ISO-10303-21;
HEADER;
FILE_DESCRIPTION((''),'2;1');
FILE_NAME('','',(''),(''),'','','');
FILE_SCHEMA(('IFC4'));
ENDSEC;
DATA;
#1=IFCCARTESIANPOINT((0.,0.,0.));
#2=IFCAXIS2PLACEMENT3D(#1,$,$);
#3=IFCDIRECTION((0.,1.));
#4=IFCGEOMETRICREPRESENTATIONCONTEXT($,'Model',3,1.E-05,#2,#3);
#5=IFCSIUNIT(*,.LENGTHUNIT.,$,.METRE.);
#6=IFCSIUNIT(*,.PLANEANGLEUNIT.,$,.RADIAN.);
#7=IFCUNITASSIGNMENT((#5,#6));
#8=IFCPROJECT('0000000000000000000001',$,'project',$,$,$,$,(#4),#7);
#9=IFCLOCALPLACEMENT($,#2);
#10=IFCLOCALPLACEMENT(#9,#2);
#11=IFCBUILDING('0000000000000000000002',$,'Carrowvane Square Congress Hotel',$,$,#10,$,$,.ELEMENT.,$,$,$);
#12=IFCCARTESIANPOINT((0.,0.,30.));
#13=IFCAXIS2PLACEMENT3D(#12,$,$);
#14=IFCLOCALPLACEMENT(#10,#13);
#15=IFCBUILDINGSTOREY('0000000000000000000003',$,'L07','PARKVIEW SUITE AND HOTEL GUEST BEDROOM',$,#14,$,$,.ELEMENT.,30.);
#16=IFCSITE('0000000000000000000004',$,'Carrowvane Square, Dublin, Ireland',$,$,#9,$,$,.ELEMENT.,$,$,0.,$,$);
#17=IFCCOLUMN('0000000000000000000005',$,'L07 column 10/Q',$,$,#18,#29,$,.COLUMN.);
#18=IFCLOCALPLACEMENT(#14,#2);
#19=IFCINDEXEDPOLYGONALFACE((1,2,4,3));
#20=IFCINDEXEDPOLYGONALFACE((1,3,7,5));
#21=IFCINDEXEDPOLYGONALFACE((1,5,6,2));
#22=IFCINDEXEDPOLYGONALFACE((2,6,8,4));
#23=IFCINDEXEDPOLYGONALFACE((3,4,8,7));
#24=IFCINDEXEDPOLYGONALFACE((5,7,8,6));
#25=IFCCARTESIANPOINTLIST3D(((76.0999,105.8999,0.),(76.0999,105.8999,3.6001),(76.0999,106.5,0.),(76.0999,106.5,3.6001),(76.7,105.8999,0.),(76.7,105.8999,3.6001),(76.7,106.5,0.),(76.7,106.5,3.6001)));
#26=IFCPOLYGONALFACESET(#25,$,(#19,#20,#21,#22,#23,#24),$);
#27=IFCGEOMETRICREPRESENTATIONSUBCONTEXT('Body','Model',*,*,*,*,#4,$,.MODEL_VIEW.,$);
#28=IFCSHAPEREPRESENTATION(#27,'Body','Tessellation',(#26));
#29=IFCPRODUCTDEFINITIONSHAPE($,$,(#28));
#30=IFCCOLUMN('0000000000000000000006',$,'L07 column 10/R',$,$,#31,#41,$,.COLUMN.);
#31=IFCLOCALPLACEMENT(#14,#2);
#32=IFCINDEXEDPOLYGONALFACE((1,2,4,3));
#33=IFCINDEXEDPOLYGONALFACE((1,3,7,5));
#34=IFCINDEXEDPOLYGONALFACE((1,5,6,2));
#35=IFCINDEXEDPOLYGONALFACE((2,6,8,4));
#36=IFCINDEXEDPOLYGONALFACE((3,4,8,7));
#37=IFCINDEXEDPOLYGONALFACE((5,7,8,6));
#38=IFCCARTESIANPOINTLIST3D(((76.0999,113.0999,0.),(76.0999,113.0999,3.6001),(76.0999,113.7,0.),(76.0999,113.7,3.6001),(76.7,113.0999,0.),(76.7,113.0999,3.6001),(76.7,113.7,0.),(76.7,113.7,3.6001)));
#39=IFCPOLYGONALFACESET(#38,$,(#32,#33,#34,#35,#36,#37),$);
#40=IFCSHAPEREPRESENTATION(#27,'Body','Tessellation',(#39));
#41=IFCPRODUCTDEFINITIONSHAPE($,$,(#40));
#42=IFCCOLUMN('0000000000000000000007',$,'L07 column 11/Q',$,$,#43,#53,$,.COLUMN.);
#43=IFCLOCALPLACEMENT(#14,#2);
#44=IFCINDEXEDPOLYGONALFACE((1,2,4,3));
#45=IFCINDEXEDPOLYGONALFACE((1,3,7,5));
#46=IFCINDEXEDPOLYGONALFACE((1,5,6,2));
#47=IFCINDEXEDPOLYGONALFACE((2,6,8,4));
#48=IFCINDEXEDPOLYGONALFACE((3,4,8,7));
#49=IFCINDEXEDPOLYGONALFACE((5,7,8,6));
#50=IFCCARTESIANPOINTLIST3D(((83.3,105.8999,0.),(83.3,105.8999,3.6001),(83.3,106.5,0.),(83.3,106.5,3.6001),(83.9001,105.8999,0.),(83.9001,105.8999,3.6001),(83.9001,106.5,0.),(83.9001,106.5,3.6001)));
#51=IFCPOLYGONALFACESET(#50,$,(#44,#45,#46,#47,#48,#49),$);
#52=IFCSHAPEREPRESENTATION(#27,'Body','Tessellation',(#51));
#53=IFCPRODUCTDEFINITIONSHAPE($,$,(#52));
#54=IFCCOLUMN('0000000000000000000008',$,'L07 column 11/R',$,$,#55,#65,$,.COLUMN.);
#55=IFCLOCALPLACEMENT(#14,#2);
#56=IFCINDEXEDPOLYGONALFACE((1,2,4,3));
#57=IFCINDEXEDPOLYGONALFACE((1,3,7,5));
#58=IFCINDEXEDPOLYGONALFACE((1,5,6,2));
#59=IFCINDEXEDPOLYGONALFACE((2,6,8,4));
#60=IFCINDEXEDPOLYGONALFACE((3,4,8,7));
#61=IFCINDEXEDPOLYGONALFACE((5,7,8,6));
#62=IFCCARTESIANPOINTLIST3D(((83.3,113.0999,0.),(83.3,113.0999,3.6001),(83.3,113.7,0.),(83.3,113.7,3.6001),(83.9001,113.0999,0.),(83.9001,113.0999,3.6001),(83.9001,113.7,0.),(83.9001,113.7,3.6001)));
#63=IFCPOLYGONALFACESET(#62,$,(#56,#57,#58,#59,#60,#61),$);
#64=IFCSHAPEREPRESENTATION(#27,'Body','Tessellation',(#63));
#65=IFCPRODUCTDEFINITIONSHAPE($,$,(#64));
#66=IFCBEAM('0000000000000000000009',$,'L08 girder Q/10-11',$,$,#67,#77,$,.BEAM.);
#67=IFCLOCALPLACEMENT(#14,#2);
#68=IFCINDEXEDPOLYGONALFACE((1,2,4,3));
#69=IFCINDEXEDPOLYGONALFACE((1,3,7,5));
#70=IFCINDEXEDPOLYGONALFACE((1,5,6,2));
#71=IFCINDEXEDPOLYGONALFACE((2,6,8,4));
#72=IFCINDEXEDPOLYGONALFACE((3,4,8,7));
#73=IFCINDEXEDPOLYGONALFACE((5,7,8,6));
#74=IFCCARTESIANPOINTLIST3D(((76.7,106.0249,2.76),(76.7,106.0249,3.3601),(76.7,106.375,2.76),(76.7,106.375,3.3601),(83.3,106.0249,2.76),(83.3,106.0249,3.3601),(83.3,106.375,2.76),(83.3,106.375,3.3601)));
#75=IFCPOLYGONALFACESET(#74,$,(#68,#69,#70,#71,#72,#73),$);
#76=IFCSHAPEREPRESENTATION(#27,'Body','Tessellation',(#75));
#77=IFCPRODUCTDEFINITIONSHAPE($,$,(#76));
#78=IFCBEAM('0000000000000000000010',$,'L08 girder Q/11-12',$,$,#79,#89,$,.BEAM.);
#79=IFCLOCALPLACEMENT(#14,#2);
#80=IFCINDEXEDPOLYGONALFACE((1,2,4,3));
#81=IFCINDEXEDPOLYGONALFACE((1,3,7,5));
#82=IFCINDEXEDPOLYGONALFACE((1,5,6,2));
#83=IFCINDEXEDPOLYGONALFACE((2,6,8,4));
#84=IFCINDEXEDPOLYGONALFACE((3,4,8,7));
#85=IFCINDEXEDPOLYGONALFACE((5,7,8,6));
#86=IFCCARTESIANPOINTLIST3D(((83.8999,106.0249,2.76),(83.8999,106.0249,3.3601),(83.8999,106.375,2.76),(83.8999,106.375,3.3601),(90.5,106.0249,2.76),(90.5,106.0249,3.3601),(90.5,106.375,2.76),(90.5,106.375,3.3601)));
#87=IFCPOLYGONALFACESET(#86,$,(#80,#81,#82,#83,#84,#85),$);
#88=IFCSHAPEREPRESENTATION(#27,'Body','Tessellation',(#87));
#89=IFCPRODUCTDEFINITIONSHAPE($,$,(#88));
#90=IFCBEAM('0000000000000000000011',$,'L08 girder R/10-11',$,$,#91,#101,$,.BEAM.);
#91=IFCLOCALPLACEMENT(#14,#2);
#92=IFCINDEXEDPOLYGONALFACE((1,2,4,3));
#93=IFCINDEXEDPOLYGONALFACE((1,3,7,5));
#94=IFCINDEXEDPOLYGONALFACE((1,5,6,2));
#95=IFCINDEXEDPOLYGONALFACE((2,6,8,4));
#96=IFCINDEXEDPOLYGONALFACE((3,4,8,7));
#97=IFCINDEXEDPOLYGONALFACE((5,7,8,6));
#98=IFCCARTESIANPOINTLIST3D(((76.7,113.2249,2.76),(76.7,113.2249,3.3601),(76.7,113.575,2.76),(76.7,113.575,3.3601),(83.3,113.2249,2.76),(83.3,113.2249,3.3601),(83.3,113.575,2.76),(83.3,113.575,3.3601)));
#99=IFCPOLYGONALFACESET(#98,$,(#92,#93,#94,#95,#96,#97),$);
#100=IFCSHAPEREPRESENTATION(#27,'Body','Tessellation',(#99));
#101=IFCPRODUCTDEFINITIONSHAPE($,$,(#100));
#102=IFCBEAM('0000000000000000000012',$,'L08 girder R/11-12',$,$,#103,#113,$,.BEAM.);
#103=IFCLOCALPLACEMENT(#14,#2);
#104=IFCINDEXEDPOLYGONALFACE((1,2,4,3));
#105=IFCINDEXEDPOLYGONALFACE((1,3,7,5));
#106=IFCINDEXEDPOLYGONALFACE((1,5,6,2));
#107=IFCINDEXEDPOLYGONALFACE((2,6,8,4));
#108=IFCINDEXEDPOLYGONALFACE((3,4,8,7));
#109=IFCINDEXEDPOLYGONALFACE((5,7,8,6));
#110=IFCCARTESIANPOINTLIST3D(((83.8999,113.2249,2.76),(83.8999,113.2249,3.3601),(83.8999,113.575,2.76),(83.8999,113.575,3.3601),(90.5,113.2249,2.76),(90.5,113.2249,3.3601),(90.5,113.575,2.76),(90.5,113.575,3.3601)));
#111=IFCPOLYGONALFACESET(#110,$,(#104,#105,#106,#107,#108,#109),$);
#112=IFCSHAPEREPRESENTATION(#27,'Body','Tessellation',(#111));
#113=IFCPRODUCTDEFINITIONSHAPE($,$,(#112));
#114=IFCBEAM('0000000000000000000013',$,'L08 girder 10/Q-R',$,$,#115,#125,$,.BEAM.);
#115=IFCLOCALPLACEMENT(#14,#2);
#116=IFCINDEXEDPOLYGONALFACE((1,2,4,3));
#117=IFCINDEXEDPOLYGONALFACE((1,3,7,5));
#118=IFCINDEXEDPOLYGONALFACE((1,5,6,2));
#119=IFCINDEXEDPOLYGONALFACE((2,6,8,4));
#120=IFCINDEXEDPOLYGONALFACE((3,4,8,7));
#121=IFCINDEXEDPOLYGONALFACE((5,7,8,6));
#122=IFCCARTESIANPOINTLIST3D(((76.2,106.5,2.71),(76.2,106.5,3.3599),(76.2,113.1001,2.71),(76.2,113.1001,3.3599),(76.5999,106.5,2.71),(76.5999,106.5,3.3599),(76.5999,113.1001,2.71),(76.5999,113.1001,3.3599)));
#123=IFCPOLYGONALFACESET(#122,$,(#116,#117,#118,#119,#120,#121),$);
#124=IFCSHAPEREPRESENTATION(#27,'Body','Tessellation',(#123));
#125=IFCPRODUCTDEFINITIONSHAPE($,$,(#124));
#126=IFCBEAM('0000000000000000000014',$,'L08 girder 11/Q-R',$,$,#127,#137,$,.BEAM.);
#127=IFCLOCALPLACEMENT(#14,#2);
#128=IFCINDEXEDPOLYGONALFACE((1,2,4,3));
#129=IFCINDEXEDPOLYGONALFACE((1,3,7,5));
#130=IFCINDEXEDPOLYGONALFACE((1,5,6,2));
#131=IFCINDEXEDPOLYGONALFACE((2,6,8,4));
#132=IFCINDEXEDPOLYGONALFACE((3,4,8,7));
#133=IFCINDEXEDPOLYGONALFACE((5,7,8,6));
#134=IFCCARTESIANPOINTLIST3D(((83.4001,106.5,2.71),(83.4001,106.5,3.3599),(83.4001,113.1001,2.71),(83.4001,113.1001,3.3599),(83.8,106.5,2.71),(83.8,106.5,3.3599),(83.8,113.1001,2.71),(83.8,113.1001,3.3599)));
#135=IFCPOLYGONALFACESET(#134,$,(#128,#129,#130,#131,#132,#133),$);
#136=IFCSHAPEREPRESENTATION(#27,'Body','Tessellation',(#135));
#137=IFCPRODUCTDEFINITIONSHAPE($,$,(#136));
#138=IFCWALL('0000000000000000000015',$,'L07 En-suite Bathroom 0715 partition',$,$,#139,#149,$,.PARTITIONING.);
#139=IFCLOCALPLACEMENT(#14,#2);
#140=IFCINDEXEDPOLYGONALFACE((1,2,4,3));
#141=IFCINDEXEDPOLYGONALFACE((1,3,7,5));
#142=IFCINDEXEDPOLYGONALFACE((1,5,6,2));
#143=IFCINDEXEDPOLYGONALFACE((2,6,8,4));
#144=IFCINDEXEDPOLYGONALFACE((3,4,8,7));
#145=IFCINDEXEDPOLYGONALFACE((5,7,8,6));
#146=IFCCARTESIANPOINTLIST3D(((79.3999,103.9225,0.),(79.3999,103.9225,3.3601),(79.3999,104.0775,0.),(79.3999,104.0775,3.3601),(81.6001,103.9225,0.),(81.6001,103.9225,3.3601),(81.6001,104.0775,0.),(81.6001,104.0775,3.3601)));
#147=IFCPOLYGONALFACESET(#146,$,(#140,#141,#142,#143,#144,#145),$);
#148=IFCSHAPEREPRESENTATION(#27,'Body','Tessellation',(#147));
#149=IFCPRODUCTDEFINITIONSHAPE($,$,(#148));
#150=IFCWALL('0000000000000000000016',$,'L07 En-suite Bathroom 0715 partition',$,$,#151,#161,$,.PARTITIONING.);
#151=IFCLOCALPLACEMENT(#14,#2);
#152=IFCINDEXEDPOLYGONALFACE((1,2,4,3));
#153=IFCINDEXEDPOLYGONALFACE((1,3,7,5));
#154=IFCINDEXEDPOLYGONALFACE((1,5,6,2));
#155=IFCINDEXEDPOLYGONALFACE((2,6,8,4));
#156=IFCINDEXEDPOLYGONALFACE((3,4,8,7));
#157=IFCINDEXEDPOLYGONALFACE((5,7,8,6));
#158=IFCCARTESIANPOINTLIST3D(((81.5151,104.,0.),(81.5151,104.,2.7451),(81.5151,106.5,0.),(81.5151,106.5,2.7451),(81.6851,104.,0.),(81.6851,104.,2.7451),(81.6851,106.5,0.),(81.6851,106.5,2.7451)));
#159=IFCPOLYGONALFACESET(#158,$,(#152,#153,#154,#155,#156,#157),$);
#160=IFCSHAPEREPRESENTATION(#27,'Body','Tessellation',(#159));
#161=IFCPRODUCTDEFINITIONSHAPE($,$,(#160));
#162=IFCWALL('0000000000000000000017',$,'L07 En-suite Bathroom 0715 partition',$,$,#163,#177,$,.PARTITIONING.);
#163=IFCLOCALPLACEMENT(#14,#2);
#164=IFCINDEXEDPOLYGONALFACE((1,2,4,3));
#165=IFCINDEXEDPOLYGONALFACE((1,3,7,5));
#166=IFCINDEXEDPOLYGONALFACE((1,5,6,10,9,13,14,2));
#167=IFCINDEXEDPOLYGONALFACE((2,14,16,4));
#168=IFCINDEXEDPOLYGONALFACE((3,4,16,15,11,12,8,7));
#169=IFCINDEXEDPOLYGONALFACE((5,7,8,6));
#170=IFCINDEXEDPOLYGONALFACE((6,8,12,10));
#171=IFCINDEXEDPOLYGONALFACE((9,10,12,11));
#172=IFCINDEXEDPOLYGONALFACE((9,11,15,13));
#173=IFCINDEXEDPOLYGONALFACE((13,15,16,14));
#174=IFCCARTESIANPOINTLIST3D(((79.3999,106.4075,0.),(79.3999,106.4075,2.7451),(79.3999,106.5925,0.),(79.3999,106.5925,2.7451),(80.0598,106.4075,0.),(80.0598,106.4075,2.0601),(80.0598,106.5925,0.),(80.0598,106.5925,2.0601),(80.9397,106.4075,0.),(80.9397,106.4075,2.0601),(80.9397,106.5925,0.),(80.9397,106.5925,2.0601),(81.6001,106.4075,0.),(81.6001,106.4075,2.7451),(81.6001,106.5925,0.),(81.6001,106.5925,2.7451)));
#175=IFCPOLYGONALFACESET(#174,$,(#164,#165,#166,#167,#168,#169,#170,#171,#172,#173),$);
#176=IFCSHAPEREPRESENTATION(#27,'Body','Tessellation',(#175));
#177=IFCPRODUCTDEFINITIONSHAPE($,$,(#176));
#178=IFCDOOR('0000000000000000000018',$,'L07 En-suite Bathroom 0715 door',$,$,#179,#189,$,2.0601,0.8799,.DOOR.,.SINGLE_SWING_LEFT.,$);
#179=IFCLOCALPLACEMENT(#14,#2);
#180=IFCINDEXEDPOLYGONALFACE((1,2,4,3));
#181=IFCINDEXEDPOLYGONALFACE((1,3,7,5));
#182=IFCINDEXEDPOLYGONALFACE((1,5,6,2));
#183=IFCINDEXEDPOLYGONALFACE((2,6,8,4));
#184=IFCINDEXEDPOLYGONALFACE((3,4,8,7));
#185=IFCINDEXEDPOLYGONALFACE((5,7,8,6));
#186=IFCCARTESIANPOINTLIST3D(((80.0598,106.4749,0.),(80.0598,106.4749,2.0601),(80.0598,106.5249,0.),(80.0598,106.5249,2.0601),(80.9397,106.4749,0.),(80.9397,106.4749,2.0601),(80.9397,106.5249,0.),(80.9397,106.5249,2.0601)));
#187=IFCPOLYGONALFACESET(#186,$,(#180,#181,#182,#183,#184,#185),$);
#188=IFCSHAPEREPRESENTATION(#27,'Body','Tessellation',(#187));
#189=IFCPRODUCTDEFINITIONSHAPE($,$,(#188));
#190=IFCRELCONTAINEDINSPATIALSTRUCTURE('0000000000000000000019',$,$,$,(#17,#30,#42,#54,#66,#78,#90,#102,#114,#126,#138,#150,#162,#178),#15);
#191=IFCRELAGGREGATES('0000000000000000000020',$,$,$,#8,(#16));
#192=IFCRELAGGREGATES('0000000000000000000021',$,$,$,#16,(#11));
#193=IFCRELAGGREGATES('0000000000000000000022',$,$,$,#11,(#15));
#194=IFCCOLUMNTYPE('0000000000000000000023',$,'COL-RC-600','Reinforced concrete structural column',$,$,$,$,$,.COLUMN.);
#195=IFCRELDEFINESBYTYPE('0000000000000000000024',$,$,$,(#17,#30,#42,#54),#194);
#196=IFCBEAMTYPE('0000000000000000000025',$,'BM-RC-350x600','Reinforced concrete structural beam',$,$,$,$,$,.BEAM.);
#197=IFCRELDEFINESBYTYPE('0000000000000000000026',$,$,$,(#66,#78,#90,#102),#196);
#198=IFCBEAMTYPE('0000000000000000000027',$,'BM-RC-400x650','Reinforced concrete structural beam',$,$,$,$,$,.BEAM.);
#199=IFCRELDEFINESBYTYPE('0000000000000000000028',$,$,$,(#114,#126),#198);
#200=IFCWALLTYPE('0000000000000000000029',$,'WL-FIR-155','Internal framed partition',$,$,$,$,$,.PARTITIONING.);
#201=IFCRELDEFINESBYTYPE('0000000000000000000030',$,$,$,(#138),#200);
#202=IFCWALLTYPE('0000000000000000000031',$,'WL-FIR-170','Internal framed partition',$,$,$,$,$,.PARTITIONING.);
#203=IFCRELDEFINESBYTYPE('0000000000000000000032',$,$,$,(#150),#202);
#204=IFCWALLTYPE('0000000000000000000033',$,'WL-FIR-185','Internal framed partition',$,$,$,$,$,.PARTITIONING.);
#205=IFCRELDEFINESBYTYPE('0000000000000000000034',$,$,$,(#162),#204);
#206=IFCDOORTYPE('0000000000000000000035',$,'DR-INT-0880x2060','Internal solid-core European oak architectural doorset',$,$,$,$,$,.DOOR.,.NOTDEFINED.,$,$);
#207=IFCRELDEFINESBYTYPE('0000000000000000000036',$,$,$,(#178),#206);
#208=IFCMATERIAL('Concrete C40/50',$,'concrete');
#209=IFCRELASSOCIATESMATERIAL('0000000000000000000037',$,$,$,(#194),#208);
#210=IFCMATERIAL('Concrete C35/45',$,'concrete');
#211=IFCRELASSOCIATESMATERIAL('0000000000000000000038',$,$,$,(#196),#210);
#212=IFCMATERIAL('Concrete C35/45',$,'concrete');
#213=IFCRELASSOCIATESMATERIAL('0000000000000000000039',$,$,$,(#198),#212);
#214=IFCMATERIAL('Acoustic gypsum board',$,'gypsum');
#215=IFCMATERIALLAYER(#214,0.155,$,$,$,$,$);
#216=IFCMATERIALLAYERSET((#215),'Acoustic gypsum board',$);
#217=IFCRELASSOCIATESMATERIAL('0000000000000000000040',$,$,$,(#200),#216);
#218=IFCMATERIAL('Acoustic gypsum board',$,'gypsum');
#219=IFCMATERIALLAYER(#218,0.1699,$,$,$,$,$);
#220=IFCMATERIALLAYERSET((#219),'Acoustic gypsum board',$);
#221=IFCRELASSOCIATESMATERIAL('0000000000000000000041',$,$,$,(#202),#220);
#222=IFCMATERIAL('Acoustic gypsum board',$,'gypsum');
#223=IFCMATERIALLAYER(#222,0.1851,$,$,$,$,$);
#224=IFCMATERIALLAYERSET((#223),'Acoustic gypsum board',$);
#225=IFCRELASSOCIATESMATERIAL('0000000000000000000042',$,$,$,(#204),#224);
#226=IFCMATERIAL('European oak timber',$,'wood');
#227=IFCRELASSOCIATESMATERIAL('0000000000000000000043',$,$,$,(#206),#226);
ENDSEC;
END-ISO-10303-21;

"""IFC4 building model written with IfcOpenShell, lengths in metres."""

from ifc_helpers import new_model, si_unit, direction, frame, frame_2d, origin, origin_2d, place, context, subcontext, project, spatial, rectangle, extrude, material, layer, layer_set, material_profile, profile_set, type_object, element, fill, save


model = new_model("IFC4")

# Units and contexts
model_context = context("Model", 3, precision=1e-05, world=origin(), true_north=direction((0.0, 1.0)))
body_context = subcontext(model_context, "Body", "Model", "MODEL_VIEW")
ifc_project = project(units=[si_unit("LENGTHUNIT", "METRE"), si_unit("PLANEANGLEUNIT", "RADIAN")], contexts=[model_context])

# Site, building, storey
site_placement = place(None, origin())
site = spatial("IfcSite", under=ifc_project, at=site_placement, Name="Carrowvane Square, Dublin, Ireland", CompositionType="ELEMENT", RefElevation=0.0)
building_placement = place(site_placement, origin())
building = spatial("IfcBuilding", under=site, at=building_placement, Name="Carrowvane Square Congress Hotel", CompositionType="ELEMENT")
storey_placement = place(building_placement, frame((0.0, 0.0, 30.0)))
storey = spatial("IfcBuildingStorey", under=building, at=storey_placement, Name="L07", Description="PARKVIEW SUITE AND HOTEL GUEST BEDROOM", CompositionType="ELEMENT", Elevation=30.0)

# Columns
ifc_material_1 = material(Name="Concrete C40/50", Category="concrete")
ifc_material_profile_1 = material_profile(ifc_material_1, rectangle(XDim=0.6001, YDim=0.6001, at=origin_2d()), Name="RC 600x600")
ifc_profile_set_1 = profile_set([ifc_material_profile_1], Name="Concrete C40/50")
column_type = type_object("IfcColumnType", Name="COL-RC-600", Description="Reinforced concrete structural column", PredefinedType="COLUMN", material=ifc_profile_set_1)
for number, where, z_axis, x_axis, name in (
    (1, (76.3999, 106.2, 0.0), (0.0, 0.0, 1.0), (1.0, 0.0, 0.0), "L07 column 10/Q"),
    (2, (76.3999, 113.3999, 0.0), (0.0, 0.0, 1.0), (1.0, 0.0, 0.0), "L07 column 10/R"),
    (3, (83.6001, 106.2, 0.0), (0.0, 0.0, 1.0), (1.0, 0.0, 0.0), "L07 column 11/Q"),
    (4, (83.6001, 113.3999, 0.0), (0.0, 0.0, 1.0), (1.0, 0.0, 0.0), "L07 column 11/R"),
):
    element("IfcColumn", number, at=place(storey_placement, frame(where, z_axis=z_axis, x_axis=x_axis)), inside=storey, type_object=column_type, Name=name, PredefinedType="COLUMN", context=body_context, shape_type="SweptSolid", body=[
        extrude(rectangle(XDim=0.6001, YDim=0.6001, at=origin_2d()), origin(), (0.0, 0.0, 1.0), 3.6001),
    ])

# Beams
ifc_material_2 = material(Name="Concrete C35/45", Category="concrete")
ifc_material_profile_2 = material_profile(ifc_material_2, rectangle(XDim=0.3501, YDim=0.6001, at=origin_2d()), Name="RC 350x600")
ifc_profile_set_2 = profile_set([ifc_material_profile_2], Name="Concrete C35/45")
beam_type_1 = type_object("IfcBeamType", Name="BM-RC-350x600", Description="Reinforced concrete structural beam", PredefinedType="BEAM", material=ifc_profile_set_2)
for number, where, z_axis, x_axis, name in (
    (5, (76.7, 106.2, 3.0601), (1.0, 0.0, 0.0), (0.0, 1.0, 0.0), "L08 girder Q/10-11"),
    (6, (83.8999, 106.2, 3.0601), (1.0, 0.0, 0.0), (0.0, 1.0, 0.0), "L08 girder Q/11-12"),
    (7, (76.7, 113.3999, 3.0601), (1.0, 0.0, 0.0), (0.0, 1.0, 0.0), "L08 girder R/10-11"),
    (8, (83.8999, 113.3999, 3.0601), (1.0, 0.0, 0.0), (0.0, 1.0, 0.0), "L08 girder R/11-12"),
):
    element("IfcBeam", number, at=place(storey_placement, frame(where, z_axis=z_axis, x_axis=x_axis)), inside=storey, type_object=beam_type_1, Name=name, PredefinedType="BEAM", context=body_context, shape_type="SweptSolid", body=[
        extrude(rectangle(XDim=0.3501, YDim=0.6001, at=origin_2d()), origin(), (0.0, 0.0, 1.0), 6.6001),
    ])
ifc_material_3 = material(Name="Concrete C35/45", Category="concrete")
ifc_material_profile_3 = material_profile(ifc_material_3, rectangle(XDim=0.3999, YDim=0.6499, at=origin_2d()), Name="RC 400x650")
ifc_profile_set_3 = profile_set([ifc_material_profile_3], Name="Concrete C35/45")
beam_type_2 = type_object("IfcBeamType", Name="BM-RC-400x650", Description="Reinforced concrete structural beam", PredefinedType="BEAM", material=ifc_profile_set_3)
for number, where, z_axis, x_axis, name in (
    (9, (76.3999, 106.5, 3.0349), (0.0, 1.0, 0.0), (-1.0, 0.0, 0.0), "L08 girder 10/Q-R"),
    (10, (83.6001, 106.5, 3.0349), (0.0, 1.0, 0.0), (-1.0, 0.0, 0.0), "L08 girder 11/Q-R"),
):
    element("IfcBeam", number, at=place(storey_placement, frame(where, z_axis=z_axis, x_axis=x_axis)), inside=storey, type_object=beam_type_2, Name=name, PredefinedType="BEAM", context=body_context, shape_type="SweptSolid", body=[
        extrude(rectangle(XDim=0.3999, YDim=0.6499, at=origin_2d()), origin(), (0.0, 0.0, 1.0), 6.6001),
    ])

# Wall
ifc_material_4 = material(Name="Acoustic gypsum board", Category="gypsum")
ifc_layer_1 = layer(ifc_material_4, 0.155)
ifc_layer_set_1 = layer_set([ifc_layer_1], Name="Acoustic gypsum board")
wall_type_1 = type_object("IfcWallType", Name="WL-FIR-155", Description="Internal framed partition", PredefinedType="PARTITIONING", material=ifc_layer_set_1)
wall_1_placement = place(storey_placement, frame((81.6001, 104.0, 0.0), z_axis=(0.0, 0.0, 1.0), x_axis=(-1.0, 0.0, 0.0)))
element("IfcWall", 11, at=wall_1_placement, inside=storey, type_object=wall_type_1, Name="L07 En-suite Bathroom 0715 partition", PredefinedType="PARTITIONING", context=body_context, shape_type="SweptSolid", body=[
    extrude(rectangle(XDim=2.2002, YDim=0.155, at=frame_2d((1.1001, 0.0))), origin(), (0.0, 0.0, 1.0), 3.3601),
])

# Shared definitions
ifc_material_5 = material(Name="Acoustic gypsum board", Category="gypsum")
ifc_layer_2 = layer(ifc_material_5, 0.1699)
ifc_layer_set_2 = layer_set([ifc_layer_2], Name="Acoustic gypsum board")
wall_type_2 = type_object("IfcWallType", Name="WL-FIR-170", Description="Internal framed partition", PredefinedType="PARTITIONING", material=ifc_layer_set_2)

# Wall
wall_2_placement = place(storey_placement, frame((81.6001, 106.5, 0.0), z_axis=(0.0, 0.0, 1.0), x_axis=(0.0, -1.0, 0.0)))
element("IfcWall", 12, at=wall_2_placement, inside=storey, type_object=wall_type_2, Name="L07 En-suite Bathroom 0715 partition", PredefinedType="PARTITIONING", context=body_context, shape_type="SweptSolid", body=[
    extrude(rectangle(XDim=2.5, YDim=0.1699, at=frame_2d((1.25, 0.0))), origin(), (0.0, 0.0, 1.0), 2.7451),
])

# Wall, opening, door
ifc_material_6 = material(Name="Acoustic gypsum board", Category="gypsum")
ifc_layer_3 = layer(ifc_material_6, 0.1851)
ifc_layer_set_3 = layer_set([ifc_layer_3], Name="Acoustic gypsum board")
wall_type_3 = type_object("IfcWallType", Name="WL-FIR-185", Description="Internal framed partition", PredefinedType="PARTITIONING", material=ifc_layer_set_3)
wall_3_placement = place(storey_placement, frame((79.3999, 106.5, 0.0), z_axis=(0.0, 0.0, 1.0), x_axis=(1.0, 0.0, 0.0)))
wall_3 = element("IfcWall", 13, at=wall_3_placement, inside=storey, type_object=wall_type_3, Name="L07 En-suite Bathroom 0715 partition", PredefinedType="PARTITIONING", context=body_context, shape_type="SweptSolid", body=[
    extrude(rectangle(XDim=2.2002, YDim=0.1851, at=frame_2d((1.1001, 0.0))), origin(), (0.0, 0.0, 1.0), 2.7451),
])
opening_1_placement = place(wall_3_placement, frame((0.6599, 0.0, 0.0)))
opening_1 = element("IfcOpeningElement", 14, at=opening_1_placement, cuts=wall_3, PredefinedType="OPENING", context=body_context, shape_type="SweptSolid", body=[
    extrude(rectangle(XDim=0.8799, YDim=2.0601, at=frame_2d((0.4399, 1.03))), frame((0.0, 0.1025, 0.0), z_axis=(0.0, -1.0, 0.0), x_axis=(1.0, 0.0, 0.0)), (0.0, 0.0, 1.0), 0.2051),
])
ifc_material_7 = material(Name="European oak timber", Category="wood")
door_type_1 = type_object("IfcDoorType", Name="DR-INT-0880x2060", Description="Internal solid-core European oak architectural doorset", OperationType="NOTDEFINED", PredefinedType="DOOR", material=ifc_material_7)
door_1_placement = place(opening_1_placement, origin())
door_1 = element("IfcDoor", 15, at=door_1_placement, inside=storey, type_object=door_type_1, Name="L07 En-suite Bathroom 0715 door", OperationType="SINGLE_SWING_LEFT", OverallHeight=2.0601, OverallWidth=0.8799, PredefinedType="DOOR", context=body_context, shape_type="SweptSolid", body=[
    extrude(rectangle(XDim=0.8799, YDim=2.0601, at=frame_2d((0.4399, 1.03))), frame((0.0, 0.0249, 0.0), z_axis=(0.0, -1.0, 0.0), x_axis=(1.0, 0.0, 0.0)), (0.0, 0.0, 1.0), 0.05),
])
fill(opening_1, door_1)

save(model, "model.ifc")
